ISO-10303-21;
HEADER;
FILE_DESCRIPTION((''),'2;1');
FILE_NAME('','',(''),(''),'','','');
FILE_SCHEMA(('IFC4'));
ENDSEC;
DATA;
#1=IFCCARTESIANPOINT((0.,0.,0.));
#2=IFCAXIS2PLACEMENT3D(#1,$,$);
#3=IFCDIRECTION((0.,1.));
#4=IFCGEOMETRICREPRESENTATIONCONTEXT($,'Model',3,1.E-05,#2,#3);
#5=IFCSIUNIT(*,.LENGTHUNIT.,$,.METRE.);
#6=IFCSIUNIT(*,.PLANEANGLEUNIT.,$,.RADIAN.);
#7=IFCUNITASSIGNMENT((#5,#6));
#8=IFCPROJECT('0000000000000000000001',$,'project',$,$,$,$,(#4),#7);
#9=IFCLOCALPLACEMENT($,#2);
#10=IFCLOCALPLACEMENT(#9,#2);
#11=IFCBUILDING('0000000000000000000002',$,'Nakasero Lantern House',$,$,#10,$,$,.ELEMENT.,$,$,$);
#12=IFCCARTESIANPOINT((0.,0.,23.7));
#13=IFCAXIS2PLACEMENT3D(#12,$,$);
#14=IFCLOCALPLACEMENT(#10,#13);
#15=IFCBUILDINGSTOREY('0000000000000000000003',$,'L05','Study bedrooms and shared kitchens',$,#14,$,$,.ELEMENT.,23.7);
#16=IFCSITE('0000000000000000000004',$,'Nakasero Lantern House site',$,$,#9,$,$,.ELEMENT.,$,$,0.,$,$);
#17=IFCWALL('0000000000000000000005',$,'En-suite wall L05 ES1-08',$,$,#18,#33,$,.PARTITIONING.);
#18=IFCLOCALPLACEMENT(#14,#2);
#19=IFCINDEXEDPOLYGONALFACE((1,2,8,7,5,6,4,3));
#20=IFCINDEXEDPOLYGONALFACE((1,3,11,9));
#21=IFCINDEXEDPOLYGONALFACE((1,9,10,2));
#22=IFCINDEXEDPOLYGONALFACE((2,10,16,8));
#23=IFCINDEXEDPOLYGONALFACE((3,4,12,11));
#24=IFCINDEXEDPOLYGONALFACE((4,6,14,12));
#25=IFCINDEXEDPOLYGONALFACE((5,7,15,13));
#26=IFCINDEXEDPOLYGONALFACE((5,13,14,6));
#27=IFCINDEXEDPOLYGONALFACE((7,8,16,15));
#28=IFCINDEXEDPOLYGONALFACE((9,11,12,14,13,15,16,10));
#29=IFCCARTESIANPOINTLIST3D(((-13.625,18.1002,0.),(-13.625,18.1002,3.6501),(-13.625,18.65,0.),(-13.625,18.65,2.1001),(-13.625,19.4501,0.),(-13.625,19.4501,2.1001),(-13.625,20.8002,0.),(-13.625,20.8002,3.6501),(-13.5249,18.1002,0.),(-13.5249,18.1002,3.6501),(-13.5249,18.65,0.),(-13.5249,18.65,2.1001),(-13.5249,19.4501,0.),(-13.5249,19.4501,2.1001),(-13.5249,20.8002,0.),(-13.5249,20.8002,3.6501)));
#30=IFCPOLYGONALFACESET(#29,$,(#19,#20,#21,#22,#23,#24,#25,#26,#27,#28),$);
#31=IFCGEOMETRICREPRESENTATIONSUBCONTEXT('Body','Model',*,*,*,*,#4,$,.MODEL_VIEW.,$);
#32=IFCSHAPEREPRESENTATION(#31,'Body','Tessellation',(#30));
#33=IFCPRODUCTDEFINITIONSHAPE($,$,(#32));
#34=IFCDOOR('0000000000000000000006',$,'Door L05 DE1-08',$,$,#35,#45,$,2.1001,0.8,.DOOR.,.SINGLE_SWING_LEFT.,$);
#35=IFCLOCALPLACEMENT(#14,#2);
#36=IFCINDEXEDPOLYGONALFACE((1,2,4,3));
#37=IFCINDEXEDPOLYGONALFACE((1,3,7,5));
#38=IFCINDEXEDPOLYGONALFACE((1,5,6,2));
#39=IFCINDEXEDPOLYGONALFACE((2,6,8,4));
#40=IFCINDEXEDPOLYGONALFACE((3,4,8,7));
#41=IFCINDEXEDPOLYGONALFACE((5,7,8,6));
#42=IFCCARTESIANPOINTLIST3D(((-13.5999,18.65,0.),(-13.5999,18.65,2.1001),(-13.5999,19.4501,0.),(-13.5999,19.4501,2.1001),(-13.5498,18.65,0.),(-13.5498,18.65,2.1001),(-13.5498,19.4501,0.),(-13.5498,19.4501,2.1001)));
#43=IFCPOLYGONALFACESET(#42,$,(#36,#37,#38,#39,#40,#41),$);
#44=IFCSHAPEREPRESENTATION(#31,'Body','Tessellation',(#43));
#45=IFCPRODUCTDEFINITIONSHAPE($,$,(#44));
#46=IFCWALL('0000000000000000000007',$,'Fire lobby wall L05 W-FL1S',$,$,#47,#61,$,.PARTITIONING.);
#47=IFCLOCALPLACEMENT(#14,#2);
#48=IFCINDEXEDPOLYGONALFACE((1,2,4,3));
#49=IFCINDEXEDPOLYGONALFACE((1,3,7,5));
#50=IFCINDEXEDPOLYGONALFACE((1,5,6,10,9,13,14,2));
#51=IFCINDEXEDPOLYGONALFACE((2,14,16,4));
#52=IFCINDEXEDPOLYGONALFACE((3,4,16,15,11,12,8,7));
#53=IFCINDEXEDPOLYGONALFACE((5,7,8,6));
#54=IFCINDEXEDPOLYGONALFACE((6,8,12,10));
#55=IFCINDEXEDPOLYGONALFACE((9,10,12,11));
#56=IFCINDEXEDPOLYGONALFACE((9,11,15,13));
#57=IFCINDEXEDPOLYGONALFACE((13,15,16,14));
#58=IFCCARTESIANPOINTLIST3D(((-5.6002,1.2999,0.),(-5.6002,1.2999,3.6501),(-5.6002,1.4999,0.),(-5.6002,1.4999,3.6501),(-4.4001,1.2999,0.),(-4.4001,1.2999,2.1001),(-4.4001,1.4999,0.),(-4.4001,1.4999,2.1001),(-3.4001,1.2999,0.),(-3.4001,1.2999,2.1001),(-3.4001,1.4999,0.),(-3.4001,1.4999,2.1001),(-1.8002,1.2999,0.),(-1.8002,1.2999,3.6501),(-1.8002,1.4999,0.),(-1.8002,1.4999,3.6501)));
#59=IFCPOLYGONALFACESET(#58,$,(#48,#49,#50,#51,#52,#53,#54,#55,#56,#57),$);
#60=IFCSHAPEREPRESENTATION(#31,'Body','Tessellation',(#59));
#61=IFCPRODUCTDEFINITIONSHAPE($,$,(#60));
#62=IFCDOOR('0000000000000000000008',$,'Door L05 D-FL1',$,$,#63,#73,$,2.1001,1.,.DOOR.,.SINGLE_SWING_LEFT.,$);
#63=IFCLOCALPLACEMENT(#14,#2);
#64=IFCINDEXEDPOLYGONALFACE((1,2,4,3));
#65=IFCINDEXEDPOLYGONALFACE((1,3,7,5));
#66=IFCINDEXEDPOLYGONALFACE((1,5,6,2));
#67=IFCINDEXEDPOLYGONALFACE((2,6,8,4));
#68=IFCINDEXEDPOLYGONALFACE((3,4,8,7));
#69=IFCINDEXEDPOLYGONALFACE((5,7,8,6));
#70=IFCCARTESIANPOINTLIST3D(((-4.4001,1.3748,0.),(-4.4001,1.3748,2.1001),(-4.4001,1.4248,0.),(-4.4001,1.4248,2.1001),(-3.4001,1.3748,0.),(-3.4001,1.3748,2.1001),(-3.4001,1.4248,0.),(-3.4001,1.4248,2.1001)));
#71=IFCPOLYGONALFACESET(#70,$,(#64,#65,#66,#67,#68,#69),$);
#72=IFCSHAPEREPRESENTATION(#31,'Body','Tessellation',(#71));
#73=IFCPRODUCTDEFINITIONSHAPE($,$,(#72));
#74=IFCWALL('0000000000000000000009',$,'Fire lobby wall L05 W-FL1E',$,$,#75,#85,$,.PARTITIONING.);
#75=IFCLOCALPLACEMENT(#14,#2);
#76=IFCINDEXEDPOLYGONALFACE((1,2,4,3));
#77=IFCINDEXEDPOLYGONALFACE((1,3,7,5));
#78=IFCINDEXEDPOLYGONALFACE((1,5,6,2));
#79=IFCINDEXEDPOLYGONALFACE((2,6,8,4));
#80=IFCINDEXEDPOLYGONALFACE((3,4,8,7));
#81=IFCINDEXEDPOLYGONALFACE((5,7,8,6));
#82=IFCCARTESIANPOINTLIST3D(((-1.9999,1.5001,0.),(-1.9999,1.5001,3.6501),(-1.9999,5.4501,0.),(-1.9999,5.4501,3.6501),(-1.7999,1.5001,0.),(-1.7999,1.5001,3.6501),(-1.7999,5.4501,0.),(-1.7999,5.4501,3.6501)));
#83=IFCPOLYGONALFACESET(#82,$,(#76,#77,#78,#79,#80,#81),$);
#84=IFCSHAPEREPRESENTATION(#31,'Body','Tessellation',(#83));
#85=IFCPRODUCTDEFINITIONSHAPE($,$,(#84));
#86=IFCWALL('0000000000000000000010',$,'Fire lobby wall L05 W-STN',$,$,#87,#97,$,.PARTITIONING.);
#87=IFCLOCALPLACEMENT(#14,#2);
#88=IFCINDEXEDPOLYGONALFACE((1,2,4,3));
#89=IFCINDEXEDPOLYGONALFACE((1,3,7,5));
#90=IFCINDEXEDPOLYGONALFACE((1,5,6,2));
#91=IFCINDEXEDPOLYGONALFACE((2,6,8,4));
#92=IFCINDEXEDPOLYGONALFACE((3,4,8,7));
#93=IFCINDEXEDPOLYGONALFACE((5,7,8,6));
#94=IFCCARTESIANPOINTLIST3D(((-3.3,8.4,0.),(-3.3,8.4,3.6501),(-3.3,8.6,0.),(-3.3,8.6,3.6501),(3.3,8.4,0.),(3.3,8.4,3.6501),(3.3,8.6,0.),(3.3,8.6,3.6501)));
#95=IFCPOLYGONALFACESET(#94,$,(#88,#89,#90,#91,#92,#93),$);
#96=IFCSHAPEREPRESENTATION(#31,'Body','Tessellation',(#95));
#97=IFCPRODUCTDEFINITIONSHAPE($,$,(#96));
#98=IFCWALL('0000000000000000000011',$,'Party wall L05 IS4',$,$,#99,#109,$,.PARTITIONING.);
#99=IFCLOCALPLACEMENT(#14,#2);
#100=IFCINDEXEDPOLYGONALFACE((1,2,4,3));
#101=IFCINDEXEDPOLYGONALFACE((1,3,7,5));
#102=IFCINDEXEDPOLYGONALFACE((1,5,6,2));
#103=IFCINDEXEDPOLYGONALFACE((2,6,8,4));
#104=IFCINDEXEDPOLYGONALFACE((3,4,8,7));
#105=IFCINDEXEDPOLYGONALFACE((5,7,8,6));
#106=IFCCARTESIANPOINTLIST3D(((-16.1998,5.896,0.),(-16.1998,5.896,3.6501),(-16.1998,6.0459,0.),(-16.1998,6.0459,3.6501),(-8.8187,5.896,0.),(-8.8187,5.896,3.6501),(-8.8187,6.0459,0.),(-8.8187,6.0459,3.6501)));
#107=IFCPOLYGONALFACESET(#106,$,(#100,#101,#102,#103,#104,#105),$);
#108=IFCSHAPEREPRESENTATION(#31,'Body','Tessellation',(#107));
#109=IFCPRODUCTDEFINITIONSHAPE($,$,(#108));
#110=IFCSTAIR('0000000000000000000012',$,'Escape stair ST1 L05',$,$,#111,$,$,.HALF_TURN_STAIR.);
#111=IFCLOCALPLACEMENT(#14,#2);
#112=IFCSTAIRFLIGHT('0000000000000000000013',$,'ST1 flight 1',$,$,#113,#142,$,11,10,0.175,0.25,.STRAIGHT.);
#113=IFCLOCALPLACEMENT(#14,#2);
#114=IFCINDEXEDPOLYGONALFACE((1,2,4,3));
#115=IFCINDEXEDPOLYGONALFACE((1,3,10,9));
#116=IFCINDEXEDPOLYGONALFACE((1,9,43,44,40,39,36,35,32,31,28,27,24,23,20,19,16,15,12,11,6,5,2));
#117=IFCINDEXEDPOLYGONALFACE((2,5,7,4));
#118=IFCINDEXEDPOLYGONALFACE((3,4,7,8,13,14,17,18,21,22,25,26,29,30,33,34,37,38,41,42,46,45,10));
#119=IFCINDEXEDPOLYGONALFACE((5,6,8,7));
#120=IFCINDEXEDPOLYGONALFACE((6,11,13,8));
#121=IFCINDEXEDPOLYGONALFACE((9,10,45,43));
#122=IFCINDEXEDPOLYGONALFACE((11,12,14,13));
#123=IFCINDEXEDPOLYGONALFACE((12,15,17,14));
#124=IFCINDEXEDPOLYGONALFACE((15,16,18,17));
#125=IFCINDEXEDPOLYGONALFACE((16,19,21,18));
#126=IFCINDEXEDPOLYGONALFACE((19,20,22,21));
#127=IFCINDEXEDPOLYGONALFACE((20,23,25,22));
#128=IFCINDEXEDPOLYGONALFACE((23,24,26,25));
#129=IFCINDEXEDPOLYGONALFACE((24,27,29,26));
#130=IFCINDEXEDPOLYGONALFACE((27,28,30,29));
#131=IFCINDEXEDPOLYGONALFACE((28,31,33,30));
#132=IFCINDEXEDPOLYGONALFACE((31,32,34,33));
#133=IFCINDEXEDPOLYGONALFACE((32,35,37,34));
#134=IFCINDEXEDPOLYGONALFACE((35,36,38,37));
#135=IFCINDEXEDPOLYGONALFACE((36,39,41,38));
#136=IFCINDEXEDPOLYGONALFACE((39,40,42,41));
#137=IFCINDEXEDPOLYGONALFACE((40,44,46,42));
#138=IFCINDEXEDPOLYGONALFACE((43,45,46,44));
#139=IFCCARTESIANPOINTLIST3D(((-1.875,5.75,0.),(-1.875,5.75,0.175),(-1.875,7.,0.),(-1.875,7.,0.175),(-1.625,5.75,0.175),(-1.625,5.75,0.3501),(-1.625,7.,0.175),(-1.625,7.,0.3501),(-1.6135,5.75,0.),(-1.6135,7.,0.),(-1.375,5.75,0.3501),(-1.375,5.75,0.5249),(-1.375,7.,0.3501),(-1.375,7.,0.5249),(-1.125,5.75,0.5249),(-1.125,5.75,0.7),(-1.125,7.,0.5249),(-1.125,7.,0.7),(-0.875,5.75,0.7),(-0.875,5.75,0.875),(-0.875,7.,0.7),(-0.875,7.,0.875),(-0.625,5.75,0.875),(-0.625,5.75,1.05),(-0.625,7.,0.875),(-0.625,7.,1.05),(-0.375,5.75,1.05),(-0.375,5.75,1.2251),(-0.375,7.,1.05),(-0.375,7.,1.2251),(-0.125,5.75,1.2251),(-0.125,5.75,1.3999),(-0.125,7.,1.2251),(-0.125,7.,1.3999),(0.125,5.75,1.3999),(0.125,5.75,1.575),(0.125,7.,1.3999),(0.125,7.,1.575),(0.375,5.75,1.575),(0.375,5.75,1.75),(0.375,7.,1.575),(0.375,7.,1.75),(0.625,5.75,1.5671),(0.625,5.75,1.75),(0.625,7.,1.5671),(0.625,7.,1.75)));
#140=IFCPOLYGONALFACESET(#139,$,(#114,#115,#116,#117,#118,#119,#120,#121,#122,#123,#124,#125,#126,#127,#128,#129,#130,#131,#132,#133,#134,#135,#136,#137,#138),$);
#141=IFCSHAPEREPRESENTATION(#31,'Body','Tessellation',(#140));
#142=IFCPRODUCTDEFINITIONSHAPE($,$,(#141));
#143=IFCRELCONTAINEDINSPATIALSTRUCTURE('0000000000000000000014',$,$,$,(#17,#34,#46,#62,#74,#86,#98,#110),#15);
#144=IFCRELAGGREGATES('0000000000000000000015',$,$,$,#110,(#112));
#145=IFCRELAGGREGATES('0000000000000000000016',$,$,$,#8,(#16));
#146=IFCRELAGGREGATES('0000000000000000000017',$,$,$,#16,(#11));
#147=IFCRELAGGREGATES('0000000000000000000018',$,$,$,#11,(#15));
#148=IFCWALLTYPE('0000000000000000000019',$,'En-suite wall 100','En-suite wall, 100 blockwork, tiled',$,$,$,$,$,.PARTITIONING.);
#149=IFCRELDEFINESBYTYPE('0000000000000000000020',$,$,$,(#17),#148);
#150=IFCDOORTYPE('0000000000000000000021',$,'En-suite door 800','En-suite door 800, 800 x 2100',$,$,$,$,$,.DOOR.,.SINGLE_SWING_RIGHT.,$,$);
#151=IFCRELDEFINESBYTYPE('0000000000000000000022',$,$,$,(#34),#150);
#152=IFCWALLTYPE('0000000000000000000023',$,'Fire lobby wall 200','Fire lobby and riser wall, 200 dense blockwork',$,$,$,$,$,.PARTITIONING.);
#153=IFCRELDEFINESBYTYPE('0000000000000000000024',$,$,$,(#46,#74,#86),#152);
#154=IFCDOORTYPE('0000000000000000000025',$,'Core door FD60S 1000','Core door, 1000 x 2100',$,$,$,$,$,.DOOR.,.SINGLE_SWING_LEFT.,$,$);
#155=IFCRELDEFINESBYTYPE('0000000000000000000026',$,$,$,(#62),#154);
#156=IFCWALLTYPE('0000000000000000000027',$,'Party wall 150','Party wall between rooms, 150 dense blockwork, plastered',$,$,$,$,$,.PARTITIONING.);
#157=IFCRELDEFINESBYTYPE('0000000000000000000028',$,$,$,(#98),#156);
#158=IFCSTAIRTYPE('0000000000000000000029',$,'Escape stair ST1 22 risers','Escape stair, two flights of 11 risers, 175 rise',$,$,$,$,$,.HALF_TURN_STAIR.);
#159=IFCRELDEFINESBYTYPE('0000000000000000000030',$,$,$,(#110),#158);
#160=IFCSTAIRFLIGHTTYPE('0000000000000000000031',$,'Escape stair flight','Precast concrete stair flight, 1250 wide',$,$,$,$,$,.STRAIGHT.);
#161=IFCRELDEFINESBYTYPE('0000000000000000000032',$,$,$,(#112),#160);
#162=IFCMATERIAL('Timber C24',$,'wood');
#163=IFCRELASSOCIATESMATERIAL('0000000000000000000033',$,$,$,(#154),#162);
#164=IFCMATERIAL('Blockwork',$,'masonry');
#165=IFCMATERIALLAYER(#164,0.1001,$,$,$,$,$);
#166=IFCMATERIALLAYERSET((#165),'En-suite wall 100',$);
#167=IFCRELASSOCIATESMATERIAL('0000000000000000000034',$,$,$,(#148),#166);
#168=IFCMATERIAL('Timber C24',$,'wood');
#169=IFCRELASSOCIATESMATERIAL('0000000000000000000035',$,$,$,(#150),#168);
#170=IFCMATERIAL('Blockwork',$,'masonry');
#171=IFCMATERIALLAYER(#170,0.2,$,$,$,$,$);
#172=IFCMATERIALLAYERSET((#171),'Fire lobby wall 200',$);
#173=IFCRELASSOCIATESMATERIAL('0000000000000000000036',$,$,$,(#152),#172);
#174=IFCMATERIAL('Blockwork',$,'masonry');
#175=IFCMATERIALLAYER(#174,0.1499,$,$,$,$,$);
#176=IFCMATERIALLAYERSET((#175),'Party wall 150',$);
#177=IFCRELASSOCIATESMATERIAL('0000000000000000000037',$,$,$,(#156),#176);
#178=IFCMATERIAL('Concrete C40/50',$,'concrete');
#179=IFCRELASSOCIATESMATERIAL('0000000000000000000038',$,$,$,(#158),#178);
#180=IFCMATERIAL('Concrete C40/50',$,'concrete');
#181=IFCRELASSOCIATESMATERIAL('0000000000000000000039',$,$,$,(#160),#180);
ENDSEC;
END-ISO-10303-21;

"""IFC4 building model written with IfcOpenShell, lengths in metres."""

from ifc_helpers import new_model, si_unit, direction, frame, frame_2d, origin, place, context, subcontext, project, spatial, polyline, rectangle, outline, extrude, material, layer, layer_set, type_object, element, fill, aggregate, save


model = new_model("IFC4")

# Units and contexts
model_context = context("Model", 3, precision=1e-05, world=origin(), true_north=direction((0.0, 1.0)))
body_context = subcontext(model_context, "Body", "Model", "MODEL_VIEW")
ifc_project = project(units=[si_unit("LENGTHUNIT", "METRE"), si_unit("PLANEANGLEUNIT", "RADIAN")], contexts=[model_context])

# Site, building, storey
site_placement = place(None, origin())
site = spatial("IfcSite", under=ifc_project, at=site_placement, Name="Nakasero Lantern House site", CompositionType="ELEMENT", RefElevation=0.0)
building_placement = place(site_placement, origin())
building = spatial("IfcBuilding", under=site, at=building_placement, Name="Nakasero Lantern House", CompositionType="ELEMENT")
storey_placement = place(building_placement, frame((0.0, 0.0, 23.7)))
storey = spatial("IfcBuildingStorey", under=building, at=storey_placement, Name="L05", Description="Study bedrooms and shared kitchens", CompositionType="ELEMENT", Elevation=23.7)

# Shared definitions
ifc_material_1 = material(Name="Timber C24", Category="wood")
door_type_1 = type_object("IfcDoorType", Name="Core door FD60S 1000", Description="Core door, 1000 x 2100", OperationType="SINGLE_SWING_LEFT", PredefinedType="DOOR", material=ifc_material_1)

# Walls, openings, doors
ifc_material_2 = material(Name="Blockwork", Category="masonry")
ifc_layer_1 = layer(ifc_material_2, 0.1001)
ifc_layer_set_1 = layer_set([ifc_layer_1], Name="En-suite wall 100")
wall_type_1 = type_object("IfcWallType", Name="En-suite wall 100", Description="En-suite wall, 100 blockwork, tiled", PredefinedType="PARTITIONING", material=ifc_layer_set_1)
wall_1_placement = place(storey_placement, frame((-13.575, 18.1001, 0.0), z_axis=(0.0, 0.0, 1.0), x_axis=(0.0, 1.0, 0.0)))
wall_1 = element("IfcWall", 1, at=wall_1_placement, inside=storey, type_object=wall_type_1, Name="En-suite wall L05 ES1-08", PredefinedType="PARTITIONING", context=body_context, shape_type="SweptSolid", body=[
    extrude(rectangle(XDim=2.7, YDim=0.1001, at=frame_2d((1.3501, 0.0))), origin(), (0.0, 0.0, 1.0), 3.6501),
])
opening_1_placement = place(wall_1_placement, frame((0.55, 0.0, 0.0)))
opening_1 = element("IfcOpeningElement", 2, at=opening_1_placement, cuts=wall_1, PredefinedType="OPENING", context=body_context, shape_type="SweptSolid", body=[
    extrude(rectangle(XDim=0.8, YDim=2.1001, at=frame_2d((0.3999, 1.05))), frame((0.0, 0.0701, 0.0), z_axis=(0.0, -1.0, 0.0), x_axis=(1.0, 0.0, 0.0)), (0.0, 0.0, 1.0), 0.1401),
])
ifc_material_3 = material(Name="Timber C24", Category="wood")
door_type_2 = type_object("IfcDoorType", Name="En-suite door 800", Description="En-suite door 800, 800 x 2100", OperationType="SINGLE_SWING_RIGHT", PredefinedType="DOOR", material=ifc_material_3)
door_1_placement = place(opening_1_placement, origin())
door_1 = element("IfcDoor", 3, at=door_1_placement, inside=storey, type_object=door_type_2, Name="Door L05 DE1-08", OperationType="SINGLE_SWING_LEFT", OverallHeight=2.1001, OverallWidth=0.8, PredefinedType="DOOR", context=body_context, shape_type="SweptSolid", body=[
    extrude(rectangle(XDim=0.8, YDim=2.1001, at=frame_2d((0.3999, 1.05))), frame((0.0, 0.0249, 0.0), z_axis=(0.0, -1.0, 0.0), x_axis=(1.0, 0.0, 0.0)), (0.0, 0.0, 1.0), 0.05),
])
fill(opening_1, door_1)
ifc_material_4 = material(Name="Blockwork", Category="masonry")
ifc_layer_2 = layer(ifc_material_4, 0.2)
ifc_layer_set_2 = layer_set([ifc_layer_2], Name="Fire lobby wall 200")
wall_type_2 = type_object("IfcWallType", Name="Fire lobby wall 200", Description="Fire lobby and riser wall, 200 dense blockwork", PredefinedType="PARTITIONING", material=ifc_layer_set_2)
wall_2_placement = place(storey_placement, frame((-5.6001, 1.3999, 0.0), z_axis=(0.0, 0.0, 1.0), x_axis=(1.0, 0.0, 0.0)))
wall_2 = element("IfcWall", 4, at=wall_2_placement, inside=storey, type_object=wall_type_2, Name="Fire lobby wall L05 W-FL1S", PredefinedType="PARTITIONING", context=body_context, shape_type="SweptSolid", body=[
    extrude(rectangle(XDim=3.8, YDim=0.2, at=frame_2d((1.8999, 0.0))), origin(), (0.0, 0.0, 1.0), 3.6501),
])
opening_2_placement = place(wall_2_placement, frame((1.2, 0.0, 0.0)))
opening_2 = element("IfcOpeningElement", 5, at=opening_2_placement, cuts=wall_2, PredefinedType="OPENING", context=body_context, shape_type="SweptSolid", body=[
    extrude(rectangle(XDim=1.0, YDim=2.1001, at=frame_2d((0.5, 1.05))), frame((0.0, 0.1199, 0.0), z_axis=(0.0, -1.0, 0.0), x_axis=(1.0, 0.0, 0.0)), (0.0, 0.0, 1.0), 0.24),
])
door_2_placement = place(opening_2_placement, origin())
door_2 = element("IfcDoor", 6, at=door_2_placement, inside=storey, type_object=door_type_1, Name="Door L05 D-FL1", OperationType="SINGLE_SWING_LEFT", OverallHeight=2.1001, OverallWidth=1.0, PredefinedType="DOOR", context=body_context, shape_type="SweptSolid", body=[
    extrude(rectangle(XDim=1.0, YDim=2.1001, at=frame_2d((0.5, 1.05))), frame((0.0, 0.0249, 0.0), z_axis=(0.0, -1.0, 0.0), x_axis=(1.0, 0.0, 0.0)), (0.0, 0.0, 1.0), 0.05),
])
fill(opening_2, door_2)

# Walls
wall_3_placement = place(storey_placement, frame((-1.8999, 1.5, 0.0), z_axis=(0.0, 0.0, 1.0), x_axis=(0.0, 1.0, 0.0)))
element("IfcWall", 7, at=wall_3_placement, inside=storey, type_object=wall_type_2, Name="Fire lobby wall L05 W-FL1E", PredefinedType="PARTITIONING", context=body_context, shape_type="SweptSolid", body=[
    extrude(rectangle(XDim=3.95, YDim=0.2, at=frame_2d((1.9751, 0.0))), origin(), (0.0, 0.0, 1.0), 3.6501),
])
wall_4_placement = place(storey_placement, frame((-3.3, 8.5, 0.0), z_axis=(0.0, 0.0, 1.0), x_axis=(1.0, 0.0, 0.0)))
element("IfcWall", 8, at=wall_4_placement, inside=storey, type_object=wall_type_2, Name="Fire lobby wall L05 W-STN", PredefinedType="PARTITIONING", context=body_context, shape_type="SweptSolid", body=[
    extrude(rectangle(XDim=6.6001, YDim=0.2, at=frame_2d((3.3, 0.0))), origin(), (0.0, 0.0, 1.0), 3.6501),
])
ifc_material_5 = material(Name="Blockwork", Category="masonry")
ifc_layer_3 = layer(ifc_material_5, 0.1499)
ifc_layer_set_3 = layer_set([ifc_layer_3], Name="Party wall 150")
wall_type_3 = type_object("IfcWallType", Name="Party wall 150", Description="Party wall between rooms, 150 dense blockwork, plastered", PredefinedType="PARTITIONING", material=ifc_layer_set_3)
wall_5_placement = place(storey_placement, frame((-8.8188, 5.9709, 0.0), z_axis=(0.0, 0.0, 1.0), x_axis=(-1.0, 0.0, 0.0)))
element("IfcWall", 9, at=wall_5_placement, inside=storey, type_object=wall_type_3, Name="Party wall L05 IS4", PredefinedType="PARTITIONING", context=body_context, shape_type="SweptSolid", body=[
    extrude(rectangle(XDim=7.3811, YDim=0.1499, at=frame_2d((3.6904, 0.0))), origin(), (0.0, 0.0, 1.0), 3.6501),
])

# Stair, stair flight
ifc_material_6 = material(Name="Concrete C40/50", Category="concrete")
stair_type = type_object("IfcStairType", Name="Escape stair ST1 22 risers", Description="Escape stair, two flights of 11 risers, 175 rise", PredefinedType="HALF_TURN_STAIR", material=ifc_material_6)
stair_placement = place(storey_placement, origin())
stair = element("IfcStair", 10, at=stair_placement, inside=storey, type_object=stair_type, Name="Escape stair ST1 L05", PredefinedType="HALF_TURN_STAIR")
ifc_material_7 = material(Name="Concrete C40/50", Category="concrete")
stair_flight_type = type_object("IfcStairFlightType", Name="Escape stair flight", Description="Precast concrete stair flight, 1250 wide", PredefinedType="STRAIGHT", material=ifc_material_7)
stair_flight_placement = place(storey_placement, frame((-1.875, 6.375, 0.0), z_axis=(0.0, 0.0, 1.0), x_axis=(1.0, 0.0, 0.0)))
stair_flight = element("IfcStairFlight", 11, at=stair_flight_placement, type_object=stair_flight_type, Name="ST1 flight 1", NumberOfRisers=11, NumberOfTreads=10, PredefinedType="STRAIGHT", RiserHeight=0.175, TreadLength=0.25, context=body_context, shape_type="SweptSolid", body=[
    extrude(outline(polyline([(0.0, 0.0), (0.0, 0.175), (0.25, 0.175), (0.25, 0.3501), (0.5, 0.3501), (0.5, 0.5249), (0.75, 0.5249), (0.75, 0.7), (1.0, 0.7), (1.0, 0.875), (1.25, 0.875), (1.25, 1.05), (1.5, 1.05), (1.5, 1.2251), (1.75, 1.2251), (1.75, 1.3999), (2.0, 1.3999), (2.0, 1.575), (2.25, 1.575), (2.25, 1.75), (2.5, 1.75), (2.5, 1.925), (2.5, 1.5671), (0.2615, 0.0), (0.0, 0.0)])), frame((0.0, 0.625, 0.0), z_axis=(0.0, -1.0, 0.0), x_axis=(1.0, 0.0, 0.0)), (0.0, 0.0, 1.0), 1.25),
])
aggregate(stair, [stair_flight])

save(model, "model.ifc")
